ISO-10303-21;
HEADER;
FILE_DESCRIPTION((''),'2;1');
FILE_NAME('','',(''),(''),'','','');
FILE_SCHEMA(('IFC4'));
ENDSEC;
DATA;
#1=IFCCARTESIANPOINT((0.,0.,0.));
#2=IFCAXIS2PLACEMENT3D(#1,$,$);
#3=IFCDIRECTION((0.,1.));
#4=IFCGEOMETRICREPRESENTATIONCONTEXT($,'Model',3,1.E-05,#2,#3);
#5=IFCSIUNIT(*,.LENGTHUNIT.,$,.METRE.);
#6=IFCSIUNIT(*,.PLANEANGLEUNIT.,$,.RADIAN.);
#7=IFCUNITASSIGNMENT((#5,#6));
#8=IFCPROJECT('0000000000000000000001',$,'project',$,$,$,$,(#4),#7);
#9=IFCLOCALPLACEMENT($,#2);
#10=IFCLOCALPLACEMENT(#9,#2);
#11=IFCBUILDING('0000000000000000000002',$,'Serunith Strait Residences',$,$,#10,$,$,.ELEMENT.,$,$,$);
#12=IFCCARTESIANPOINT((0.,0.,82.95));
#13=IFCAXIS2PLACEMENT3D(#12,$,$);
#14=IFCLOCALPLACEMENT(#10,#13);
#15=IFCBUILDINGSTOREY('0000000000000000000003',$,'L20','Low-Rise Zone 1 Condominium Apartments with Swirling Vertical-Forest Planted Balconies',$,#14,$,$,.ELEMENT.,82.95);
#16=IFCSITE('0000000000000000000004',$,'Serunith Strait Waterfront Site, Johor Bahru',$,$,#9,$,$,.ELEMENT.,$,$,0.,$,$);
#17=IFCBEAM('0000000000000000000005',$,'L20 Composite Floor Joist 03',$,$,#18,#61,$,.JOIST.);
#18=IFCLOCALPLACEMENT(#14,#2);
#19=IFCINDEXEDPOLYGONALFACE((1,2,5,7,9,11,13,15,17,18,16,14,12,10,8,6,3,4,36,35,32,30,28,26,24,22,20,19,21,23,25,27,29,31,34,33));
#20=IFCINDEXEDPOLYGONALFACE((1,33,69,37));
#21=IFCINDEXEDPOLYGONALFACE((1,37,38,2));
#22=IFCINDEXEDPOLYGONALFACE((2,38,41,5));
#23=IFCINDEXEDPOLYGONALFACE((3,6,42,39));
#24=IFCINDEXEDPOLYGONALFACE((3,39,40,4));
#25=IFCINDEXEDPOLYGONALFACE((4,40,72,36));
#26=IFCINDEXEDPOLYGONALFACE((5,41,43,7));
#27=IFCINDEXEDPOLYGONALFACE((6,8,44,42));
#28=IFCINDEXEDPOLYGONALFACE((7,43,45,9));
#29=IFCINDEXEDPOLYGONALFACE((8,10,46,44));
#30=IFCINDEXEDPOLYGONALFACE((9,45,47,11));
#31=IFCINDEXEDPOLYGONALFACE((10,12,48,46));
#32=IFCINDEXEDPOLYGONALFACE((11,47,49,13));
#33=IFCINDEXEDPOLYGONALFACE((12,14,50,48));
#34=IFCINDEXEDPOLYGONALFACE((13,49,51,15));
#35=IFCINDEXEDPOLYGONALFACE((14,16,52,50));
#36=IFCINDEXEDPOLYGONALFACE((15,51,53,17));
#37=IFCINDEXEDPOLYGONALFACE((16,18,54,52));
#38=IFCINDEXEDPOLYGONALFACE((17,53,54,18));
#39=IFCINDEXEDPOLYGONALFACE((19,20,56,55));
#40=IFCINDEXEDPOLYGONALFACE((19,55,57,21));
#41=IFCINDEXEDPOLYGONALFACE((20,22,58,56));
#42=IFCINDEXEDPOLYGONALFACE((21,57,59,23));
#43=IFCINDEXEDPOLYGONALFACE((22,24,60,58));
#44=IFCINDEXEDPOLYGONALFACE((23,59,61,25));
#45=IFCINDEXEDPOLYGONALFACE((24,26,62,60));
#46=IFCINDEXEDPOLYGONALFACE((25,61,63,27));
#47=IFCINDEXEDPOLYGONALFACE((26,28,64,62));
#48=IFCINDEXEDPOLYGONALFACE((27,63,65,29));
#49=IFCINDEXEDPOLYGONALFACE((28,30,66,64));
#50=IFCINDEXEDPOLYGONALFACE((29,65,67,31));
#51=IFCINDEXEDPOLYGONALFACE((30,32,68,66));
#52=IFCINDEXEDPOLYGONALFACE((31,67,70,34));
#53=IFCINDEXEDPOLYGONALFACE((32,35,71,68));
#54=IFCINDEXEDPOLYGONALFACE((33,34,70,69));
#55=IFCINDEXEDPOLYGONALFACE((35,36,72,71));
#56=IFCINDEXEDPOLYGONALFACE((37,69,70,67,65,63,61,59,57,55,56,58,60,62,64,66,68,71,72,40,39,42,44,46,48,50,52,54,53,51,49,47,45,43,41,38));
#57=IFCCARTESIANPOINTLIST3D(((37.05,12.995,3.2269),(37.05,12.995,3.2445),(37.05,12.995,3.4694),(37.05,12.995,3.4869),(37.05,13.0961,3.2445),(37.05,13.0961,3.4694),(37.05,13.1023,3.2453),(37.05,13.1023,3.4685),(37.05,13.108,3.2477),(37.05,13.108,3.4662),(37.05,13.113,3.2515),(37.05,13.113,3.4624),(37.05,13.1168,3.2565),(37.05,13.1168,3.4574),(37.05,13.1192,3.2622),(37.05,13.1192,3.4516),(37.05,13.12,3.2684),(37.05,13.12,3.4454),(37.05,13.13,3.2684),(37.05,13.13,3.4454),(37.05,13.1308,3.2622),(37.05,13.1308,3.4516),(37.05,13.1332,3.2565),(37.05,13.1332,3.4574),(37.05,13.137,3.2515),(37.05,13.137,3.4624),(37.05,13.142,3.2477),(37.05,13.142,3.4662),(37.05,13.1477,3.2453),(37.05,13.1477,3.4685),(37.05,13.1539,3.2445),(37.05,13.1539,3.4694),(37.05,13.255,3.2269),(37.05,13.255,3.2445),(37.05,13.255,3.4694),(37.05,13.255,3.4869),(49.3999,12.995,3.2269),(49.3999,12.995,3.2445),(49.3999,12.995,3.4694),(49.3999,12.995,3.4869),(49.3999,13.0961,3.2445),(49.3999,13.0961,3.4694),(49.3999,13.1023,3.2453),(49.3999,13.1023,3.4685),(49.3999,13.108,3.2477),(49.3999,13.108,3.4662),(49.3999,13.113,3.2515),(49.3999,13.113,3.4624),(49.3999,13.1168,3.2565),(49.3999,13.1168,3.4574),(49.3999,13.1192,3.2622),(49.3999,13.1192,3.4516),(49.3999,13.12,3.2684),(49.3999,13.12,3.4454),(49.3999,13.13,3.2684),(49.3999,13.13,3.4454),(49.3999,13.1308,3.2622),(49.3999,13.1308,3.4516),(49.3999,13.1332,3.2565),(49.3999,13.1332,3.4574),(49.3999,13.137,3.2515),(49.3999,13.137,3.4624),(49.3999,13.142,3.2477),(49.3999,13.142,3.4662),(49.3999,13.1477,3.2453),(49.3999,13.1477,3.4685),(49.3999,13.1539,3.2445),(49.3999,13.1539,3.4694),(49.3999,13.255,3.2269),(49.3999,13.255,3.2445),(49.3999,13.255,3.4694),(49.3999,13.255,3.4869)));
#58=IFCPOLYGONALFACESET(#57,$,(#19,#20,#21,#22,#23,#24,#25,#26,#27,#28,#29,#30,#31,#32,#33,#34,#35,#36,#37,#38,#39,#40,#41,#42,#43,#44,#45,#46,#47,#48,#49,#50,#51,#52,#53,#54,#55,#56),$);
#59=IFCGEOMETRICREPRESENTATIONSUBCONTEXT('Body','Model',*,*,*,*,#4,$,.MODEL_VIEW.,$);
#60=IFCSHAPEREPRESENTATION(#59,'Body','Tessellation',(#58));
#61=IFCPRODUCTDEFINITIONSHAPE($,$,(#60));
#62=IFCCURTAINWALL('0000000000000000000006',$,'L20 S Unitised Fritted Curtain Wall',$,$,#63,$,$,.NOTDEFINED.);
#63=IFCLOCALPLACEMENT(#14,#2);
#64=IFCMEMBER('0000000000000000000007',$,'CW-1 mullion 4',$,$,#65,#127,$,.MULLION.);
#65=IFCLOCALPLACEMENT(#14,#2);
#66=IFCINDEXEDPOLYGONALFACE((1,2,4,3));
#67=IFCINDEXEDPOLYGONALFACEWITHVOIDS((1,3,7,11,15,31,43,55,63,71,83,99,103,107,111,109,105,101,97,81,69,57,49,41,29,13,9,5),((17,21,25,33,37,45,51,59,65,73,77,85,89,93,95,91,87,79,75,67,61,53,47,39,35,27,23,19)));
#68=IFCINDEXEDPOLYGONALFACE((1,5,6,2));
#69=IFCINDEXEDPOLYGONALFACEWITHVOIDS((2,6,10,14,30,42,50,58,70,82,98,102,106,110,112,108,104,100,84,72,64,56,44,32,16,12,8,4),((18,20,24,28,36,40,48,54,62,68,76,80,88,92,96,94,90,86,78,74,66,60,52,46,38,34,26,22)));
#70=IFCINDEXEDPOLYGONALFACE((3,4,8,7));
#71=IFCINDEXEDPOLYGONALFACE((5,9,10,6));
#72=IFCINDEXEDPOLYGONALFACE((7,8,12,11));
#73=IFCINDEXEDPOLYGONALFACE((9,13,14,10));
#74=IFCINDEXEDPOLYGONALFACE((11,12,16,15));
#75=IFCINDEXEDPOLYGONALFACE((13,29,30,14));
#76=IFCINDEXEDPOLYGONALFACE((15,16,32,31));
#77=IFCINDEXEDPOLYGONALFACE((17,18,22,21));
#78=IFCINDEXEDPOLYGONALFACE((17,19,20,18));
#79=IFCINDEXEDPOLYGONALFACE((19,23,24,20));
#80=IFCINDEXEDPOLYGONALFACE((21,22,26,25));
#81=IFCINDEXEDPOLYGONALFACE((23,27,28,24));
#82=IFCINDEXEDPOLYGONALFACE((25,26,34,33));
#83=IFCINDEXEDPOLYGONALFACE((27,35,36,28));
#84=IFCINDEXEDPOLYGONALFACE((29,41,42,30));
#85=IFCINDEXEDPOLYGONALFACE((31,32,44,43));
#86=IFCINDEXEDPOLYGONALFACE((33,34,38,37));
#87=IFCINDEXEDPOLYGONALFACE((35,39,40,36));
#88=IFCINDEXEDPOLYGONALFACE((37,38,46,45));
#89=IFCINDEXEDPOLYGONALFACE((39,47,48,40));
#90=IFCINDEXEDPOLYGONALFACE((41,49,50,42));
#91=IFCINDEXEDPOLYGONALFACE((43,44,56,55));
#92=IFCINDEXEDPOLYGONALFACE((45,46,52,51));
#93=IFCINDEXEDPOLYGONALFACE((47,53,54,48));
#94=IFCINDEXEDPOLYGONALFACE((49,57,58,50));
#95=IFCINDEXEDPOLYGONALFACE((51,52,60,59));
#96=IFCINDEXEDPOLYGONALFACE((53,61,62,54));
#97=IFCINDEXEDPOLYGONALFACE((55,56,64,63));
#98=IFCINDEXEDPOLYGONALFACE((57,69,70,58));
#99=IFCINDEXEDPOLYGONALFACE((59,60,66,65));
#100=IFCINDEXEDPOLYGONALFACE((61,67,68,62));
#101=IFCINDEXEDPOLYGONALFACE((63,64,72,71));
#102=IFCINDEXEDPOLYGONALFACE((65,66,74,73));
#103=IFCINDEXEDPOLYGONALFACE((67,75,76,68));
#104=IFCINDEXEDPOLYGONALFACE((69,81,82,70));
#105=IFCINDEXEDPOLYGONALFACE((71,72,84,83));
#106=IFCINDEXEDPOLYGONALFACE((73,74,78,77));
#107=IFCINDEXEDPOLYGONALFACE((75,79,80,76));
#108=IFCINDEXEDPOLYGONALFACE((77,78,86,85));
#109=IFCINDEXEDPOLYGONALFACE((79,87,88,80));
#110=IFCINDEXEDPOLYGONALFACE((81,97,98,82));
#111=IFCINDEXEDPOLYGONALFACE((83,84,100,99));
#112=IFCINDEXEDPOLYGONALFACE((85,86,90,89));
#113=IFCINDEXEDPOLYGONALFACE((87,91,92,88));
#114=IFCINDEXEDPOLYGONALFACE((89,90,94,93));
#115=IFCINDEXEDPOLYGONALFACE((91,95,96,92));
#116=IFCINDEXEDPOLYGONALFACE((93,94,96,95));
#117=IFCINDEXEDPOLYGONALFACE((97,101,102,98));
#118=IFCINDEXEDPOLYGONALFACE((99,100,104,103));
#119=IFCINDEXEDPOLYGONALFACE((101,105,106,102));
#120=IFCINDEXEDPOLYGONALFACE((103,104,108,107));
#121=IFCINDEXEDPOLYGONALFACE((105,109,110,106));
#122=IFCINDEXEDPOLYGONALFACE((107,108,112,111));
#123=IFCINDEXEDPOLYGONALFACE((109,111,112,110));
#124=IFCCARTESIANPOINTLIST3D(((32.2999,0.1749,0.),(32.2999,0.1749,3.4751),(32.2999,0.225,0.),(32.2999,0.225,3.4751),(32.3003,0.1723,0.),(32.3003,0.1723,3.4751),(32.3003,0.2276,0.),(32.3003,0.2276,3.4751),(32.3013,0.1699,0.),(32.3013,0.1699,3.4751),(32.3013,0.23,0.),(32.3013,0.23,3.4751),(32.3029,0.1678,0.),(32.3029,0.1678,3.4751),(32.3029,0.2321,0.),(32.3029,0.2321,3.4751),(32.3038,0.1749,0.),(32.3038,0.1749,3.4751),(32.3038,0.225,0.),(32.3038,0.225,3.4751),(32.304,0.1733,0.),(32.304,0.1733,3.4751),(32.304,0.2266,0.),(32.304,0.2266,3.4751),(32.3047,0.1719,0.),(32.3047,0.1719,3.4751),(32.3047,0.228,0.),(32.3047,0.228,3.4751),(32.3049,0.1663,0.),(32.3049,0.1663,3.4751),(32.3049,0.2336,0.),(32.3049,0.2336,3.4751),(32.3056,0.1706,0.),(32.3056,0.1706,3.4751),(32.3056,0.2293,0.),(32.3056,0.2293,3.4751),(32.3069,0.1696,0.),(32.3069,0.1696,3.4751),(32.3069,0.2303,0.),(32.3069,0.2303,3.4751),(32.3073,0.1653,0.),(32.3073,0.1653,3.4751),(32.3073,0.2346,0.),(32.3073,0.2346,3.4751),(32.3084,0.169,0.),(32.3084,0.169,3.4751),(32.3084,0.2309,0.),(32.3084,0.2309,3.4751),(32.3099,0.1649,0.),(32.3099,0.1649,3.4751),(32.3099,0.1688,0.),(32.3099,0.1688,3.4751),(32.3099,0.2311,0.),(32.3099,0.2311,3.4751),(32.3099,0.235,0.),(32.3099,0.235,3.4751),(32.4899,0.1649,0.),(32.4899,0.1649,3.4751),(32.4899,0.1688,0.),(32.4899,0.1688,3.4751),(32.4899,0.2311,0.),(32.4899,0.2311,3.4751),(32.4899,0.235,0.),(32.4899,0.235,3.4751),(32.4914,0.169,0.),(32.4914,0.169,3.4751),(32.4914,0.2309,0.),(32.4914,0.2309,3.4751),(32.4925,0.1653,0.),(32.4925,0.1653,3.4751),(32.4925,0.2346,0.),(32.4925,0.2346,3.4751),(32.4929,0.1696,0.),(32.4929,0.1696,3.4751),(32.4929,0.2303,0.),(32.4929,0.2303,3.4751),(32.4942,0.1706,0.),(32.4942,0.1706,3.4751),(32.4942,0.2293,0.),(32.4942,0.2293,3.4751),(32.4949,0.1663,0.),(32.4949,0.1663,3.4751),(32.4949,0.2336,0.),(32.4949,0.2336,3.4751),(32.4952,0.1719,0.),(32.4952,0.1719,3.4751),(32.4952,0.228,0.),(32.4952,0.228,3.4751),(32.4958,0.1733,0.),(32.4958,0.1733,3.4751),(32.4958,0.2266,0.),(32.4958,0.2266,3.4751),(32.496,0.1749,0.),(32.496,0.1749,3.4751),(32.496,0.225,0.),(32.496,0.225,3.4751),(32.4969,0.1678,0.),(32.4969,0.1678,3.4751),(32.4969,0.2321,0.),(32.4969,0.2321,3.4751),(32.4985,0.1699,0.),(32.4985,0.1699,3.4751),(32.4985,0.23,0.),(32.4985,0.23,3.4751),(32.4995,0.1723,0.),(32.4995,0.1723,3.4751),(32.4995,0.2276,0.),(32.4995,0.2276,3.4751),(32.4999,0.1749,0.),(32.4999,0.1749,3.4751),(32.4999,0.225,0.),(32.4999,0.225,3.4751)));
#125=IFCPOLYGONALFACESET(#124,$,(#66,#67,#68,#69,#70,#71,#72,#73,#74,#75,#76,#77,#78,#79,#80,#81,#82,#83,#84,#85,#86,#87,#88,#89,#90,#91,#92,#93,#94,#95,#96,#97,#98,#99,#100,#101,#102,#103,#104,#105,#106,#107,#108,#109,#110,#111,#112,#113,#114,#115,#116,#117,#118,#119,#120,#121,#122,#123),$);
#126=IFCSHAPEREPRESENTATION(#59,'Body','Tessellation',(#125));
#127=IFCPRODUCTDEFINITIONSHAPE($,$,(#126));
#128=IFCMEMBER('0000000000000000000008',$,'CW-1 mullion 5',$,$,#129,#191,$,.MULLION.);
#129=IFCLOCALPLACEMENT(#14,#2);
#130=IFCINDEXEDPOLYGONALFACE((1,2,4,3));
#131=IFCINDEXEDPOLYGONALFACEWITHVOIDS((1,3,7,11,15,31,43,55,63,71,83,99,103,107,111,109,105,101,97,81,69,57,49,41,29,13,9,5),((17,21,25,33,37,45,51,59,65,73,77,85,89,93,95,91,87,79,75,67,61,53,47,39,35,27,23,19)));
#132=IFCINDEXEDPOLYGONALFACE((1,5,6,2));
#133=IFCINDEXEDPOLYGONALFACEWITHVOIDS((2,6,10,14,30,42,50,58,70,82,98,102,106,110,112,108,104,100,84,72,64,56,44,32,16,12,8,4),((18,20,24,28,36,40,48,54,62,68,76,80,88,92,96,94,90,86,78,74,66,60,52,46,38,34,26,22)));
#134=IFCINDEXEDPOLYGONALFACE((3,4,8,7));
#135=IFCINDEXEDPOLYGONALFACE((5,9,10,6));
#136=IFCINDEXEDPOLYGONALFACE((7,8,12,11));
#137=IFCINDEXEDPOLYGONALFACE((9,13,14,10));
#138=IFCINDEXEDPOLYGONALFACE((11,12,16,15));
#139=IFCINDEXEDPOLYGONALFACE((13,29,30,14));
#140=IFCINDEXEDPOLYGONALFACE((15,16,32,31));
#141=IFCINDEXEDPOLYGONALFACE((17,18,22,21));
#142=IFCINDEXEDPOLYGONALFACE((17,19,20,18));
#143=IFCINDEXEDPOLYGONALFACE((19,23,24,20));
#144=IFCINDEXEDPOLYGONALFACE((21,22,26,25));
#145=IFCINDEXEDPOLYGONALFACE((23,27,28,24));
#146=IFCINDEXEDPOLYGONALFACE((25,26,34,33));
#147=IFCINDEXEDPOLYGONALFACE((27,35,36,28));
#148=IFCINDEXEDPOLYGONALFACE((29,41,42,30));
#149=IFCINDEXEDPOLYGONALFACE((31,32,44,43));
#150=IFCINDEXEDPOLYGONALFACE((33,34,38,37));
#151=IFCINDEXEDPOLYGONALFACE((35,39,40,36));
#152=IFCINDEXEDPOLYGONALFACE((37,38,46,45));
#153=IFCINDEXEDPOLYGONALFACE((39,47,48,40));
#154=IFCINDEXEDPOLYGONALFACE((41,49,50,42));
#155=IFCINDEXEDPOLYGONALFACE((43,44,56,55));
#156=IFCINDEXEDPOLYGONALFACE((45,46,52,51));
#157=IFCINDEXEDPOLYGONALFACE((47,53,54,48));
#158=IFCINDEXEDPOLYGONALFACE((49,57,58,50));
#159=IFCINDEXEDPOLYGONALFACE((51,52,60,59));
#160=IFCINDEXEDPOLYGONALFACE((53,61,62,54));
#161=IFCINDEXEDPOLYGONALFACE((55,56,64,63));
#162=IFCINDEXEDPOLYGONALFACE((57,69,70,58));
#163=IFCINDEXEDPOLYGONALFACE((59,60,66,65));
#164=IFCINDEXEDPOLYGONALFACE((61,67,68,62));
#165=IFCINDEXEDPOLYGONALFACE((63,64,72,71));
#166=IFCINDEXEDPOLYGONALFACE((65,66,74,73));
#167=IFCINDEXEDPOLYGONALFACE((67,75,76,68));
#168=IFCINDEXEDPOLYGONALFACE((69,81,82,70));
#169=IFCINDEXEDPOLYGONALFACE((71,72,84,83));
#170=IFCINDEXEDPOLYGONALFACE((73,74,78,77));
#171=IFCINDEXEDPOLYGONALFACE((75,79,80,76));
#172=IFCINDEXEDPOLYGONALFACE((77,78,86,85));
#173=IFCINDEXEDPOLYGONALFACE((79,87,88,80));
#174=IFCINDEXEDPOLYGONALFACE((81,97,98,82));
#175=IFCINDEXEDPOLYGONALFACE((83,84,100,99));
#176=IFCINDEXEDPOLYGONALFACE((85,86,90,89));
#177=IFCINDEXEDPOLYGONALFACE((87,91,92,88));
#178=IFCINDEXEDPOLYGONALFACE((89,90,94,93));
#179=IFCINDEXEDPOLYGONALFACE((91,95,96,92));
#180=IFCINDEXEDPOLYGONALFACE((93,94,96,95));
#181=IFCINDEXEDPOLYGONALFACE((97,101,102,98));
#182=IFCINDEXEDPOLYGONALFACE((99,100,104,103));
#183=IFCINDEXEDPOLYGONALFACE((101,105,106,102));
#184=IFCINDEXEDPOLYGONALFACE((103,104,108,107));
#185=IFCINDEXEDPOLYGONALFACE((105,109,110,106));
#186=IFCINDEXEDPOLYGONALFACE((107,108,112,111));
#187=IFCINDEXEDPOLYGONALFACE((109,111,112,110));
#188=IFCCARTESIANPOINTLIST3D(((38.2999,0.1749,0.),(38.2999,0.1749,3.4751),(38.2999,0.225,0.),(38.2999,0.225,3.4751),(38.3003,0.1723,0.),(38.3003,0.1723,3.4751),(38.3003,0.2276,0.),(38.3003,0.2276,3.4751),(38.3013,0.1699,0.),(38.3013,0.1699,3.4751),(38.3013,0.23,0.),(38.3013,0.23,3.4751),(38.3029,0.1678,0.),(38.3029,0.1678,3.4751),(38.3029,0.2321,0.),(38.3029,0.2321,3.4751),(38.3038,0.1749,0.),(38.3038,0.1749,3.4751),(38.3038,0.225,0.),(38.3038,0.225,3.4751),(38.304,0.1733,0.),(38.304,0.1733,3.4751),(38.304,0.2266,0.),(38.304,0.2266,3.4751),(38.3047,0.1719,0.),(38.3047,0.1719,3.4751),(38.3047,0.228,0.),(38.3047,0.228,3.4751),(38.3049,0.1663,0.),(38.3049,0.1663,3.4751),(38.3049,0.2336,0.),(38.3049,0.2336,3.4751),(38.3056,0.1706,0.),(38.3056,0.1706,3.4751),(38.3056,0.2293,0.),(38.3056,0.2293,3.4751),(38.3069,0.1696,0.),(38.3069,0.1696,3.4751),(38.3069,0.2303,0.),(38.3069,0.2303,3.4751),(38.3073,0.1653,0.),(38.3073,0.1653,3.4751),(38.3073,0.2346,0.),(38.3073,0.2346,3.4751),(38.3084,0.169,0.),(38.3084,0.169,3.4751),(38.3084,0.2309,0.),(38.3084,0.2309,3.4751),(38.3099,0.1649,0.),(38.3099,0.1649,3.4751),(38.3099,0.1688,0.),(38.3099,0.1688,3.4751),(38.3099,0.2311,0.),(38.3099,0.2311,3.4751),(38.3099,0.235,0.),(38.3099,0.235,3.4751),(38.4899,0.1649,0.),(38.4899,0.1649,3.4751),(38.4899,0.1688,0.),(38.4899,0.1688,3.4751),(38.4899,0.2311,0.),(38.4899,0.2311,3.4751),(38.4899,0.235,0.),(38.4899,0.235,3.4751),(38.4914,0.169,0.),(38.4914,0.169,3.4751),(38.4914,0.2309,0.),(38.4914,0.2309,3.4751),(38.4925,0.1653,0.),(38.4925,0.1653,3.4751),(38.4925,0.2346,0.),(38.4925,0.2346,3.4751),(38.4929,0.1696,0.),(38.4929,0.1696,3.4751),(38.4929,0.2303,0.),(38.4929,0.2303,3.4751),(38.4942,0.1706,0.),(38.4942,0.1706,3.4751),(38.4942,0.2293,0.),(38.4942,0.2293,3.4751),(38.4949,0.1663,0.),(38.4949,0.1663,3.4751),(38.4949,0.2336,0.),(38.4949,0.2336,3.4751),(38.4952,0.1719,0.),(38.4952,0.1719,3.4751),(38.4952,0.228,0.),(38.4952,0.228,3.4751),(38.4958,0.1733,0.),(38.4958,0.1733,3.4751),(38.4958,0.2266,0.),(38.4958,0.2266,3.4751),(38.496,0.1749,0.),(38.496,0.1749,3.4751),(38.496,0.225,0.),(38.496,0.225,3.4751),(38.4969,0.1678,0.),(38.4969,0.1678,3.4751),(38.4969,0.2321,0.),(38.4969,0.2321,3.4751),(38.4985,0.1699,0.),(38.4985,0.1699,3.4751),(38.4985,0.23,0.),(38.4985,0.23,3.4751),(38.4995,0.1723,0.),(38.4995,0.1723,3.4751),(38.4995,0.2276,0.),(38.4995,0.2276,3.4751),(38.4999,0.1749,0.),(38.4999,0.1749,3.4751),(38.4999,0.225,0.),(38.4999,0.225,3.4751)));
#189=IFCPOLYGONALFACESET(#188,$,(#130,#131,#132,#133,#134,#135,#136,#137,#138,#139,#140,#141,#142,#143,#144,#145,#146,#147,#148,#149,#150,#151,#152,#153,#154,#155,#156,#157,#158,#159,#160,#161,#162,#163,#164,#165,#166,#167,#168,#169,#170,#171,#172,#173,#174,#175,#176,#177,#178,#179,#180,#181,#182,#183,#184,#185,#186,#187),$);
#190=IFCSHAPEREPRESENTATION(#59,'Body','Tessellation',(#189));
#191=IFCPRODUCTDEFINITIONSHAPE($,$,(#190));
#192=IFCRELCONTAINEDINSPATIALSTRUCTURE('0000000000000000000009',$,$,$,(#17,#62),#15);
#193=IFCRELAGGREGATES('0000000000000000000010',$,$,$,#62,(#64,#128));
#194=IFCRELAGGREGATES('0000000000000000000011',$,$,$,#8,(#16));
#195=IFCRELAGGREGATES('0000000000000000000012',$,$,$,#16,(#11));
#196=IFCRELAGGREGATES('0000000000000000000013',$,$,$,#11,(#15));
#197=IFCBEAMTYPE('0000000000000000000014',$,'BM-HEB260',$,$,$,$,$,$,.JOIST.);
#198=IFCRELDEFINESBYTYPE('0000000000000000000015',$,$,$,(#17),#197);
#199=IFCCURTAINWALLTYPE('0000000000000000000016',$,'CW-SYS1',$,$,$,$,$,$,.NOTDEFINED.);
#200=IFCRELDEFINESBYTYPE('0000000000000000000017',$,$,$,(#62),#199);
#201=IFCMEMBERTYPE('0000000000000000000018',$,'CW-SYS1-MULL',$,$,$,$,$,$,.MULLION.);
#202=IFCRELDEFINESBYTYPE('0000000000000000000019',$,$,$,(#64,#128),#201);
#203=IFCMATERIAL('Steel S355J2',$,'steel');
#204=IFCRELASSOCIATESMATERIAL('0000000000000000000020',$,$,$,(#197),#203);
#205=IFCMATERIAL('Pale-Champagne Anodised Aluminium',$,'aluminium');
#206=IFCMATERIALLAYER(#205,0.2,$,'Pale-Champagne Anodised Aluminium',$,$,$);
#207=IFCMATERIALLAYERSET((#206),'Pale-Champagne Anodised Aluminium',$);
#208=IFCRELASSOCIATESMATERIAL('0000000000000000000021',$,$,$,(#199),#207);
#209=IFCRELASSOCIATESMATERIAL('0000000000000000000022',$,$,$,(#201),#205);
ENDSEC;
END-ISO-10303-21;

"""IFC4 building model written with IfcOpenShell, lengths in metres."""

from ifc_helpers import new_model, si_unit, direction, frame, origin, origin_2d, place, context, subcontext, project, spatial, hollow_rectangle, i_section, extrude, source, transform, mapped, material, layer, layer_set, material_profile, profile_set, type_object, element, aggregate, save


model = new_model("IFC4")

# Units and contexts
model_context = context("Model", 3, precision=1e-05, world=origin(), true_north=direction((0.0, 1.0)))
body_context = subcontext(model_context, "Body", "Model", "MODEL_VIEW")
ifc_project = project(units=[si_unit("LENGTHUNIT", "METRE"), si_unit("PLANEANGLEUNIT", "RADIAN")], contexts=[model_context])

# Site, building, storey
site_placement = place(None, origin())
site = spatial("IfcSite", under=ifc_project, at=site_placement, Name="Serunith Strait Waterfront Site, Johor Bahru", CompositionType="ELEMENT", RefElevation=0.0)
building_placement = place(site_placement, origin())
building = spatial("IfcBuilding", under=site, at=building_placement, Name="Serunith Strait Residences", CompositionType="ELEMENT")
storey_placement = place(building_placement, frame((0.0, 0.0, 82.95)))
storey = spatial("IfcBuildingStorey", under=building, at=storey_placement, Name="L20", Description="Low-Rise Zone 1 Condominium Apartments with Swirling Vertical-Forest Planted Balconies", CompositionType="ELEMENT", Elevation=82.95)

# Beam
ifc_material_1 = material(Name="Steel S355J2", Category="steel")
ifc_material_profile_1 = material_profile(ifc_material_1, i_section(OverallWidth=0.26, OverallDepth=0.26, WebThickness=0.01, FlangeThickness=0.0176, FilletRadius=0.0239, at=origin_2d()), Name="HEB 260")
ifc_profile_set_1 = profile_set([ifc_material_profile_1], Name="Steel S355J2")
beam_type_1 = type_object("IfcBeamType", Name="BM-HEB260", PredefinedType="JOIST", material=ifc_profile_set_1)
shared_shape_1 = source(origin(), body_context, "Body", "SweptSolid", [
    extrude(i_section(OverallWidth=0.26, OverallDepth=0.26, WebThickness=0.01, FlangeThickness=0.0176, FilletRadius=0.0239, at=origin_2d()), origin(), (0.0, 0.0, 1.0), 12.3499),
])
beam_1_placement = place(storey_placement, frame((37.05, 13.125, 3.3569), z_axis=(1.0, 0.0, 0.0), x_axis=(0.0, 1.0, 0.0)))
element("IfcBeam", 1, at=beam_1_placement, inside=storey, type_object=beam_type_1, Name="L20 Composite Floor Joist 03", PredefinedType="JOIST", context=body_context, shape_type="MappedRepresentation", body=[
    mapped(shared_shape_1, transform((0.0, 0.0, 0.0), scale=1.0)),
])

# Curtain wall, members
ifc_material_2 = material(Name="Pale-Champagne Anodised Aluminium", Category="aluminium")
ifc_layer_1 = layer(ifc_material_2, 0.2, Name="Pale-Champagne Anodised Aluminium")
ifc_layer_set_1 = layer_set([ifc_layer_1], Name="Pale-Champagne Anodised Aluminium")
curtain_wall_type = type_object("IfcCurtainWallType", Name="CW-SYS1", PredefinedType="NOTDEFINED", material=ifc_layer_set_1)
curtain_wall_placement = place(storey_placement, origin())
curtain_wall = element("IfcCurtainWall", 2, at=curtain_wall_placement, inside=storey, type_object=curtain_wall_type, Name="L20 S Unitised Fritted Curtain Wall", PredefinedType="NOTDEFINED")
ifc_material_profile_2 = material_profile(ifc_material_2, hollow_rectangle(XDim=0.0701, YDim=0.2, WallThickness=0.0039, InnerFilletRadius=0.0061, OuterFilletRadius=0.01, at=origin_2d()), Name="ALU 200x70x4")
ifc_profile_set_2 = profile_set([ifc_material_profile_2], Name="Pale-Champagne Anodised Aluminium")
member_type_1 = type_object("IfcMemberType", Name="CW-SYS1-MULL", PredefinedType="MULLION", material=ifc_profile_set_2)
shared_shape_2 = source(origin(), body_context, "Body", "SweptSolid", [
    extrude(hollow_rectangle(XDim=0.0701, YDim=0.2, WallThickness=0.0039, InnerFilletRadius=0.0061, OuterFilletRadius=0.01, at=origin_2d()), origin(), (0.0, 0.0, 1.0), 3.4751),
])
member_1_placement = place(storey_placement, frame((32.3999, 0.2, 0.0), z_axis=(0.0, 0.0, 1.0), x_axis=(0.0, 1.0, 0.0)))
member_1 = element("IfcMember", 3, at=member_1_placement, type_object=member_type_1, Name="CW-1 mullion 4", PredefinedType="MULLION", context=body_context, shape_type="MappedRepresentation", body=[
    mapped(shared_shape_2, transform((0.0, 0.0, 0.0), scale=1.0)),
])
member_2_placement = place(storey_placement, frame((38.3999, 0.2, 0.0), z_axis=(0.0, 0.0, 1.0), x_axis=(0.0, 1.0, 0.0)))
member_2 = element("IfcMember", 4, at=member_2_placement, type_object=member_type_1, Name="CW-1 mullion 5", PredefinedType="MULLION", context=body_context, shape_type="MappedRepresentation", body=[
    mapped(shared_shape_2, transform((0.0, 0.0, 0.0), scale=1.0)),
])
aggregate(curtain_wall, [member_1, member_2])

save(model, "model.ifc")
